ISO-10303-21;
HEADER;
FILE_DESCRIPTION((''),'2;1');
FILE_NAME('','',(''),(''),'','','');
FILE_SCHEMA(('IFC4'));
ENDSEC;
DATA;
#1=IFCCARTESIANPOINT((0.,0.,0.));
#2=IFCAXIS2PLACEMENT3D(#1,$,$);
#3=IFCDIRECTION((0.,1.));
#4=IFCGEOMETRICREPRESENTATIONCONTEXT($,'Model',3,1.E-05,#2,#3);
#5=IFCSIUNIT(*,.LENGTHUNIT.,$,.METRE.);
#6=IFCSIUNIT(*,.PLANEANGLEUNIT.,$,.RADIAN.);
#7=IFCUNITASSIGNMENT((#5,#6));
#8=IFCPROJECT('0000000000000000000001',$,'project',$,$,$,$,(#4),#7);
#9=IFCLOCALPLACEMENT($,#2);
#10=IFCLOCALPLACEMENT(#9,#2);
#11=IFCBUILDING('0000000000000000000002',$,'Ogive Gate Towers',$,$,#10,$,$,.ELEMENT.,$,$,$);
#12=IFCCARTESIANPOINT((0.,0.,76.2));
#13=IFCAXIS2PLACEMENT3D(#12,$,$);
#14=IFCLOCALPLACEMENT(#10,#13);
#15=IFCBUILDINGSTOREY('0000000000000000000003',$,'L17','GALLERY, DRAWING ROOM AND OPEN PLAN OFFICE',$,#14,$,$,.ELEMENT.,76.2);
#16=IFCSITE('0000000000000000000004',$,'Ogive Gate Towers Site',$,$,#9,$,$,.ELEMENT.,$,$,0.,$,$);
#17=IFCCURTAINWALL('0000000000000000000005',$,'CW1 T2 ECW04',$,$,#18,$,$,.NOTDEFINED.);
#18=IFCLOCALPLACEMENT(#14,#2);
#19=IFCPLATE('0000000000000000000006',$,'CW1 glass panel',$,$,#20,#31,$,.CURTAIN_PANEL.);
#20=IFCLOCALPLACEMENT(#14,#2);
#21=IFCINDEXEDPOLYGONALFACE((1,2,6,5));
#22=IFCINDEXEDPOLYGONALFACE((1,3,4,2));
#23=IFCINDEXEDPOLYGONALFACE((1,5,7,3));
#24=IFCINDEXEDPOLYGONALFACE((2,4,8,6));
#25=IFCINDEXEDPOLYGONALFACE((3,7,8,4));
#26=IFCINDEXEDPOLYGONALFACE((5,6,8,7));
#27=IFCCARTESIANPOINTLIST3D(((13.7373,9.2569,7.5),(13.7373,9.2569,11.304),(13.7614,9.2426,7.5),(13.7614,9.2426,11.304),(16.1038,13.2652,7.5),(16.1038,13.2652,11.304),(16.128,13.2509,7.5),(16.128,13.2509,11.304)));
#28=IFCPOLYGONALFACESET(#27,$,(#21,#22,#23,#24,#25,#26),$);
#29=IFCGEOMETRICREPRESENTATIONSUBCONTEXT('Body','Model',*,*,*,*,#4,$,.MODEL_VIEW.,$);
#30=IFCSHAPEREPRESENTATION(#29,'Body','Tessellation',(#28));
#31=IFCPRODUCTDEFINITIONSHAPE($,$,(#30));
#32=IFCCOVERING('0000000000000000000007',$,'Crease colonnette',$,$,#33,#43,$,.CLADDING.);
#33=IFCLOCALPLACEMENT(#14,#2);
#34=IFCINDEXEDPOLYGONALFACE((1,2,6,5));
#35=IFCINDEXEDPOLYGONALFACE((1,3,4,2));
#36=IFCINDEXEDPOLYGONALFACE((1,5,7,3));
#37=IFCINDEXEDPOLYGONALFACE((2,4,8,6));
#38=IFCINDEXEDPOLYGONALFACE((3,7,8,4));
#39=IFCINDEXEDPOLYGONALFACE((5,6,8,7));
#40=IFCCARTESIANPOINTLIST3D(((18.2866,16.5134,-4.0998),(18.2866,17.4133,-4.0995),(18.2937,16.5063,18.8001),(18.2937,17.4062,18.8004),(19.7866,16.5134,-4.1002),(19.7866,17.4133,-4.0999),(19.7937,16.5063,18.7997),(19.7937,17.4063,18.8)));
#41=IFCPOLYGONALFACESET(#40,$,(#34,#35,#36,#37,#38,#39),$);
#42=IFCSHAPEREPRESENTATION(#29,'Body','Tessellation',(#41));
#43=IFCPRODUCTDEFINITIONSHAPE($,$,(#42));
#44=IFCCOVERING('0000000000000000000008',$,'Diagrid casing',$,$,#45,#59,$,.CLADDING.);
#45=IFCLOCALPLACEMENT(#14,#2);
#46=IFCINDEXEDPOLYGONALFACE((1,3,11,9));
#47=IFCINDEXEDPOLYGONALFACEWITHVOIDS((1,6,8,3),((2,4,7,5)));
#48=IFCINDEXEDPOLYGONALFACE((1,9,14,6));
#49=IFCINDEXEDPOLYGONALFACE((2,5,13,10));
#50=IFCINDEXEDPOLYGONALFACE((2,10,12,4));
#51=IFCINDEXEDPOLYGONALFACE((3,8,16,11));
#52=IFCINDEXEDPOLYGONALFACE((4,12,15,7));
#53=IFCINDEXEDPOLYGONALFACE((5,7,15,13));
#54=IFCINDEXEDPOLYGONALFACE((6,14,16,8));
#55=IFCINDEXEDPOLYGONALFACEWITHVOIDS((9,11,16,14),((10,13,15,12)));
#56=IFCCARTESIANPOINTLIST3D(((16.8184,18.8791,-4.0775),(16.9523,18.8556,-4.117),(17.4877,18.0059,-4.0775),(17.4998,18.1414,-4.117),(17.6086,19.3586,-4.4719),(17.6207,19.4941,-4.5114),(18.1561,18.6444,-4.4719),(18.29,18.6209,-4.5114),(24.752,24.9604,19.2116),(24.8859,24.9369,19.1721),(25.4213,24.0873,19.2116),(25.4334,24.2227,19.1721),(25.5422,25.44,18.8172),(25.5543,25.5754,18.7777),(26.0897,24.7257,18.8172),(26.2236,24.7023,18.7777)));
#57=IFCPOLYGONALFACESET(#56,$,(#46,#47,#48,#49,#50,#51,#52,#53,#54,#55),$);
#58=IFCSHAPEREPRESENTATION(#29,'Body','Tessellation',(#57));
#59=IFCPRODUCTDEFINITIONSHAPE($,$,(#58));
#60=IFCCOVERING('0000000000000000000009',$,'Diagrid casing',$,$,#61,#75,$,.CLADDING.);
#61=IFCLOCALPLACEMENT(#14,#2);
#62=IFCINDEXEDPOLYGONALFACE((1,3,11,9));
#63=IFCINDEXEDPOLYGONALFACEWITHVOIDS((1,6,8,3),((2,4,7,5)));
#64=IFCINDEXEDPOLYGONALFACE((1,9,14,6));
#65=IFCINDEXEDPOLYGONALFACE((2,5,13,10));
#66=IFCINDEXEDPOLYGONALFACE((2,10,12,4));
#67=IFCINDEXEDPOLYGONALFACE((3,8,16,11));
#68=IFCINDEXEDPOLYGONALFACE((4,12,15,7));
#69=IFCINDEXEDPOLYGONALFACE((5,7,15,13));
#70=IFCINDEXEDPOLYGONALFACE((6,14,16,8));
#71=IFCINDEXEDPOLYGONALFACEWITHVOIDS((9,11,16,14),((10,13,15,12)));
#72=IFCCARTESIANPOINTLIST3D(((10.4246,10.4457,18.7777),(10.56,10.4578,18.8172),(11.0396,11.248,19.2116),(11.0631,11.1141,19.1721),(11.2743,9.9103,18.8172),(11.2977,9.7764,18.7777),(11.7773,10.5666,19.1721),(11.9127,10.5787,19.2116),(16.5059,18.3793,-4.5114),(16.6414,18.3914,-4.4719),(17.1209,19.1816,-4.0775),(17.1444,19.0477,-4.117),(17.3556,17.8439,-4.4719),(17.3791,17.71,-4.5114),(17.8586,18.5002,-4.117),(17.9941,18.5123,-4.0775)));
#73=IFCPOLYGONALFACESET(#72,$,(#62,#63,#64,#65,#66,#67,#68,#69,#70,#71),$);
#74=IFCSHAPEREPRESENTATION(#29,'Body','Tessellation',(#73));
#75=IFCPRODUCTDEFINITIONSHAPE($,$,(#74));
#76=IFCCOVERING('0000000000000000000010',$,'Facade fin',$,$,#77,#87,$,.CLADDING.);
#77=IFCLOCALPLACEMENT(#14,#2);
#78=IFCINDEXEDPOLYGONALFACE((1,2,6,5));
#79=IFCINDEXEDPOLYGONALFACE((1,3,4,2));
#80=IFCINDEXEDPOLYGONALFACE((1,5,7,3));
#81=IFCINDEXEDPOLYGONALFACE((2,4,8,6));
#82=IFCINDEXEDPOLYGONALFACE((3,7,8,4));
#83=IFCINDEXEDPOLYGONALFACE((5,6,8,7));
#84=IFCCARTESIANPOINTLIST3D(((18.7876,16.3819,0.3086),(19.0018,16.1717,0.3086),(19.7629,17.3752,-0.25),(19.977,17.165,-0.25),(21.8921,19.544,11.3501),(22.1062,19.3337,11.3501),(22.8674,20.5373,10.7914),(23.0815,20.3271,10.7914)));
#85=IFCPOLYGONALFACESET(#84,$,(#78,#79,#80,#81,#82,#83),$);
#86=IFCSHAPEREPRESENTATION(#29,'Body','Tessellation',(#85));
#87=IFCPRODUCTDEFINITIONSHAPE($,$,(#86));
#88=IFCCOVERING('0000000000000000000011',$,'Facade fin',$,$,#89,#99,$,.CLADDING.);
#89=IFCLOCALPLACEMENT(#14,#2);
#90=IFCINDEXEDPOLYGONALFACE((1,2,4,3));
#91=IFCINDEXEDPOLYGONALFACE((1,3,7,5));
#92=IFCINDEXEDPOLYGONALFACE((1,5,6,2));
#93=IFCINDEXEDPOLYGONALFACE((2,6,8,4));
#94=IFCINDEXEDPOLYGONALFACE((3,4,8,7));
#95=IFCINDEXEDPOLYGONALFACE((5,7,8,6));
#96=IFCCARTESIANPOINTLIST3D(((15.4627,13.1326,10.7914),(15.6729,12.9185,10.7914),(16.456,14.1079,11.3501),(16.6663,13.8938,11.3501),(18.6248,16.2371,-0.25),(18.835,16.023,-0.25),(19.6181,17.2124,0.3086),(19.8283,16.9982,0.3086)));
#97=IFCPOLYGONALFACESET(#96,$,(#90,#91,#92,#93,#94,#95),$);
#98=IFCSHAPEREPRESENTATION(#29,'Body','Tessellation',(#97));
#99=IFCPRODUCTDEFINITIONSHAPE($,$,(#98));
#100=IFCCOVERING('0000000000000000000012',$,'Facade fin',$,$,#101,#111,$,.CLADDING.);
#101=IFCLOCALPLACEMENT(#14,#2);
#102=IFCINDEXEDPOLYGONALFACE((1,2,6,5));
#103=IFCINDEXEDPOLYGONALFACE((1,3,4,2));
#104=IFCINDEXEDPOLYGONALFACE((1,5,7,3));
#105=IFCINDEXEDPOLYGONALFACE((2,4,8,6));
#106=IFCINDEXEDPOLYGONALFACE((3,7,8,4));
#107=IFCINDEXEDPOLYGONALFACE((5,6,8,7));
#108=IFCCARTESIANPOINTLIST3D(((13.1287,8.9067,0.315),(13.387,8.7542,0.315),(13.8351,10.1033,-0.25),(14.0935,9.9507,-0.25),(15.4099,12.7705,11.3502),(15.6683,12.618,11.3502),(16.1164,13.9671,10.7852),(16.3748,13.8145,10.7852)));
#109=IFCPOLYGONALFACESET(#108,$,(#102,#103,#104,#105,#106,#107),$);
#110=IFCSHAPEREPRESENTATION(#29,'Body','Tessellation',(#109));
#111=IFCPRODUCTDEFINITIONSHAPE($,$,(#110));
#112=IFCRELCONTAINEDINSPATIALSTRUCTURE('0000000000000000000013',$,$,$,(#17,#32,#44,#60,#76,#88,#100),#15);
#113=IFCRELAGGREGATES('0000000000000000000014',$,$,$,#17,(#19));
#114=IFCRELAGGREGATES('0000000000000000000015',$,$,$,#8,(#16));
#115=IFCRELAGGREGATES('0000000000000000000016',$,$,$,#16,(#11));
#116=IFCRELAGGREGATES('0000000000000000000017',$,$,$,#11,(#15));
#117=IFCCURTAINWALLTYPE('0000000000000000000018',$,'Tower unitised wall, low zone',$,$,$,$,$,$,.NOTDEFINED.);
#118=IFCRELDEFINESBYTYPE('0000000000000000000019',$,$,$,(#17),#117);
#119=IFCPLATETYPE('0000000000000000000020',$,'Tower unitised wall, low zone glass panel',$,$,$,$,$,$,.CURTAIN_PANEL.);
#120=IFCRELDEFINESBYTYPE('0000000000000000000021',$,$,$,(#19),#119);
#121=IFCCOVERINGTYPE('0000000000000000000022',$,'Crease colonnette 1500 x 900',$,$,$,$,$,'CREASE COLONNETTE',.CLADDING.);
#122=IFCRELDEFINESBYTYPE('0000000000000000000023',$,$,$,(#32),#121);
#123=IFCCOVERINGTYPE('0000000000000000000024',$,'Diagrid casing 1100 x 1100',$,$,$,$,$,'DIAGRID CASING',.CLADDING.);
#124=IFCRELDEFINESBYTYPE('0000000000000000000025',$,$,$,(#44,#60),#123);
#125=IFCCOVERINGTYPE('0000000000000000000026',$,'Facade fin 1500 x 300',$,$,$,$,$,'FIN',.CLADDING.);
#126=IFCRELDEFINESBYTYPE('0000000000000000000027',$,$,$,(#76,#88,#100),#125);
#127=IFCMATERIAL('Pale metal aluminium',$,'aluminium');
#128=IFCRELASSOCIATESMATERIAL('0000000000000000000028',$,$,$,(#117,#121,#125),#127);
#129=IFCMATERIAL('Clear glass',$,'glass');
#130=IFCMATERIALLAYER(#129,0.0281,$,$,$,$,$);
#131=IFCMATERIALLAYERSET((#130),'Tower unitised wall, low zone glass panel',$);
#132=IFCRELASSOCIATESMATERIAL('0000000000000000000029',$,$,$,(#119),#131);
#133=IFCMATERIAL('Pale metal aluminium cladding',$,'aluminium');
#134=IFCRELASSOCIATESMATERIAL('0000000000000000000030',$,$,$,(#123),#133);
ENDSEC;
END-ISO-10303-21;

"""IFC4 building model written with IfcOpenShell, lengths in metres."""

from ifc_helpers import new_model, si_unit, direction, frame, origin, origin_2d, place, context, subcontext, project, spatial, rectangle, hollow_rectangle, extrude, material, layer, layer_set, material_profile, profile_set, type_object, element, aggregate, save


model = new_model("IFC4")

# Units and contexts
model_context = context("Model", 3, precision=1e-05, world=origin(), true_north=direction((0.0, 1.0)))
body_context = subcontext(model_context, "Body", "Model", "MODEL_VIEW")
ifc_project = project(units=[si_unit("LENGTHUNIT", "METRE"), si_unit("PLANEANGLEUNIT", "RADIAN")], contexts=[model_context])

# Site, building, storey
site_placement = place(None, origin())
site = spatial("IfcSite", under=ifc_project, at=site_placement, Name="Ogive Gate Towers Site", CompositionType="ELEMENT", RefElevation=0.0)
building_placement = place(site_placement, origin())
building = spatial("IfcBuilding", under=site, at=building_placement, Name="Ogive Gate Towers", CompositionType="ELEMENT")
storey_placement = place(building_placement, frame((0.0, 0.0, 76.2)))
storey = spatial("IfcBuildingStorey", under=building, at=storey_placement, Name="L17", Description="GALLERY, DRAWING ROOM AND OPEN PLAN OFFICE", CompositionType="ELEMENT", Elevation=76.2)

# Shared definitions
ifc_material_1 = material(Name="Pale metal aluminium", Category="aluminium")
curtain_wall_type = type_object("IfcCurtainWallType", Name="Tower unitised wall, low zone", PredefinedType="NOTDEFINED", material=ifc_material_1)

# Curtain wall
curtain_wall_1_placement = place(storey_placement, origin())
curtain_wall_1 = element("IfcCurtainWall", 1, at=curtain_wall_1_placement, inside=storey, type_object=curtain_wall_type, Name="CW1 T2 ECW04", PredefinedType="NOTDEFINED")

# Plate
ifc_material_2 = material(Name="Clear glass", Category="glass")
ifc_layer = layer(ifc_material_2, 0.0281)
ifc_layer_set = layer_set([ifc_layer], Name="Tower unitised wall, low zone glass panel")
plate_type = type_object("IfcPlateType", Name="Tower unitised wall, low zone glass panel", PredefinedType="CURTAIN_PANEL", material=ifc_layer_set)
plate_1_placement = place(storey_placement, frame((14.9326, 11.2539, 7.5), z_axis=(0.0, 0.0, 1.0), x_axis=(-0.50841, -0.861115, 0.0)))
plate_1 = element("IfcPlate", 2, at=plate_1_placement, type_object=plate_type, Name="CW1 glass panel", PredefinedType="CURTAIN_PANEL", context=body_context, shape_type="SweptSolid", body=[
    extrude(rectangle(XDim=4.6548, YDim=0.0281, at=origin_2d()), origin(), (0.0, 0.0, 1.0), 3.804),
])
aggregate(curtain_wall_1, [plate_1])

# Coverings
ifc_material_profile_1 = material_profile(ifc_material_1, rectangle(XDim=1.5, YDim=0.8999, at=origin_2d()), Name="1500 x 900 pale metal aluminium")
ifc_profile_set_1 = profile_set([ifc_material_profile_1], Name="Pale metal aluminium")
covering_type_1 = type_object("IfcCoveringType", Name="Crease colonnette 1500 x 900", ElementType="CREASE COLONNETTE", PredefinedType="CLADDING", material=ifc_profile_set_1)
covering_1_placement = place(storey_placement, frame((19.0366, 16.9634, -4.0999), z_axis=(0.000309, -0.000309, 1.0), x_axis=(1.0, 0.0, 0.0)))
element("IfcCovering", 3, at=covering_1_placement, inside=storey, type_object=covering_type_1, Name="Crease colonnette", PredefinedType="CLADDING", context=body_context, shape_type="SweptSolid", body=[
    extrude(rectangle(XDim=1.5, YDim=0.8999, at=origin_2d()), origin(), (0.0, 0.0, 1.0), 22.8999),
])
ifc_material_3 = material(Name="Pale metal aluminium cladding", Category="aluminium")
ifc_material_profile_2 = material_profile(ifc_material_3, hollow_rectangle(XDim=1.1001, YDim=1.1001, WallThickness=0.1001, at=origin_2d()), Name="1100 x 1100 pale metal casing")
ifc_profile_set_2 = profile_set([ifc_material_profile_2], Name="Pale metal aluminium cladding")
covering_type_2 = type_object("IfcCoveringType", Name="Diagrid casing 1100 x 1100", ElementType="DIAGRID CASING", PredefinedType="CLADDING", material=ifc_profile_set_2)
for number, where, z_axis, x_axis, name in (
    (4, (17.5542, 18.75, -4.2944), (0.31304, 0.239953, 0.918928), (-0.608361, 0.793661, 0.0), "Diagrid casing"),
    (5, (17.25, 18.4458, -4.2944), (-0.239953, -0.31304, 0.918928), (0.793661, -0.608361, 0.0), "Diagrid casing"),
):
    element("IfcCovering", number, at=place(storey_placement, frame(where, z_axis=z_axis, x_axis=x_axis)), inside=storey, type_object=covering_type_2, Name=name, PredefinedType="CLADDING", context=body_context, shape_type="SweptSolid", body=[
        extrude(hollow_rectangle(XDim=1.1001, YDim=1.1001, WallThickness=0.1001, at=origin_2d()), origin(), (0.0, 0.0, 1.0), 25.3438),
    ])
ifc_material_profile_3 = material_profile(ifc_material_1, rectangle(XDim=0.3, YDim=1.5, at=origin_2d()), Name="1500 x 300 pale metal aluminium")
ifc_profile_set_3 = profile_set([ifc_material_profile_3], Name="Pale metal aluminium")
covering_type_3 = type_object("IfcCoveringType", Name="Facade fin 1500 x 300", ElementType="FIN", PredefinedType="CLADDING", material=ifc_profile_set_3)
for number, where, z_axis, x_axis, name in (
    (6, (19.3823, 16.7734, 0.0293), (0.260935, 0.265778, 0.928049), (-0.713578, 0.700576, 0.0), "Facade fin"),
    (7, (19.2266, 16.6177, 0.0293), (-0.265778, -0.260935, 0.928049), (0.700576, -0.713578, 0.0), "Facade fin"),
):
    element("IfcCovering", number, at=place(storey_placement, frame(where, z_axis=z_axis, x_axis=x_axis)), inside=storey, type_object=covering_type_3, Name=name, PredefinedType="CLADDING", context=body_context, shape_type="SweptSolid", body=[
        extrude(rectangle(XDim=0.3, YDim=1.5, at=origin_2d()), origin(), (0.0, 0.0, 1.0), 11.8975),
    ])
covering_2_placement = place(storey_placement, frame((13.6111, 9.4287, 0.0325), z_axis=(0.191501, 0.324346, 0.926352), x_axis=(-0.861111, 0.508418, 0.0)))
element("IfcCovering", 8, at=covering_2_placement, inside=storey, type_object=covering_type_3, Name="Facade fin", PredefinedType="CLADDING", context=body_context, shape_type="SweptSolid", body=[
    extrude(rectangle(XDim=0.3, YDim=1.5, at=origin_2d()), origin(), (0.0, 0.0, 1.0), 11.9126),
])

save(model, "model.ifc")
